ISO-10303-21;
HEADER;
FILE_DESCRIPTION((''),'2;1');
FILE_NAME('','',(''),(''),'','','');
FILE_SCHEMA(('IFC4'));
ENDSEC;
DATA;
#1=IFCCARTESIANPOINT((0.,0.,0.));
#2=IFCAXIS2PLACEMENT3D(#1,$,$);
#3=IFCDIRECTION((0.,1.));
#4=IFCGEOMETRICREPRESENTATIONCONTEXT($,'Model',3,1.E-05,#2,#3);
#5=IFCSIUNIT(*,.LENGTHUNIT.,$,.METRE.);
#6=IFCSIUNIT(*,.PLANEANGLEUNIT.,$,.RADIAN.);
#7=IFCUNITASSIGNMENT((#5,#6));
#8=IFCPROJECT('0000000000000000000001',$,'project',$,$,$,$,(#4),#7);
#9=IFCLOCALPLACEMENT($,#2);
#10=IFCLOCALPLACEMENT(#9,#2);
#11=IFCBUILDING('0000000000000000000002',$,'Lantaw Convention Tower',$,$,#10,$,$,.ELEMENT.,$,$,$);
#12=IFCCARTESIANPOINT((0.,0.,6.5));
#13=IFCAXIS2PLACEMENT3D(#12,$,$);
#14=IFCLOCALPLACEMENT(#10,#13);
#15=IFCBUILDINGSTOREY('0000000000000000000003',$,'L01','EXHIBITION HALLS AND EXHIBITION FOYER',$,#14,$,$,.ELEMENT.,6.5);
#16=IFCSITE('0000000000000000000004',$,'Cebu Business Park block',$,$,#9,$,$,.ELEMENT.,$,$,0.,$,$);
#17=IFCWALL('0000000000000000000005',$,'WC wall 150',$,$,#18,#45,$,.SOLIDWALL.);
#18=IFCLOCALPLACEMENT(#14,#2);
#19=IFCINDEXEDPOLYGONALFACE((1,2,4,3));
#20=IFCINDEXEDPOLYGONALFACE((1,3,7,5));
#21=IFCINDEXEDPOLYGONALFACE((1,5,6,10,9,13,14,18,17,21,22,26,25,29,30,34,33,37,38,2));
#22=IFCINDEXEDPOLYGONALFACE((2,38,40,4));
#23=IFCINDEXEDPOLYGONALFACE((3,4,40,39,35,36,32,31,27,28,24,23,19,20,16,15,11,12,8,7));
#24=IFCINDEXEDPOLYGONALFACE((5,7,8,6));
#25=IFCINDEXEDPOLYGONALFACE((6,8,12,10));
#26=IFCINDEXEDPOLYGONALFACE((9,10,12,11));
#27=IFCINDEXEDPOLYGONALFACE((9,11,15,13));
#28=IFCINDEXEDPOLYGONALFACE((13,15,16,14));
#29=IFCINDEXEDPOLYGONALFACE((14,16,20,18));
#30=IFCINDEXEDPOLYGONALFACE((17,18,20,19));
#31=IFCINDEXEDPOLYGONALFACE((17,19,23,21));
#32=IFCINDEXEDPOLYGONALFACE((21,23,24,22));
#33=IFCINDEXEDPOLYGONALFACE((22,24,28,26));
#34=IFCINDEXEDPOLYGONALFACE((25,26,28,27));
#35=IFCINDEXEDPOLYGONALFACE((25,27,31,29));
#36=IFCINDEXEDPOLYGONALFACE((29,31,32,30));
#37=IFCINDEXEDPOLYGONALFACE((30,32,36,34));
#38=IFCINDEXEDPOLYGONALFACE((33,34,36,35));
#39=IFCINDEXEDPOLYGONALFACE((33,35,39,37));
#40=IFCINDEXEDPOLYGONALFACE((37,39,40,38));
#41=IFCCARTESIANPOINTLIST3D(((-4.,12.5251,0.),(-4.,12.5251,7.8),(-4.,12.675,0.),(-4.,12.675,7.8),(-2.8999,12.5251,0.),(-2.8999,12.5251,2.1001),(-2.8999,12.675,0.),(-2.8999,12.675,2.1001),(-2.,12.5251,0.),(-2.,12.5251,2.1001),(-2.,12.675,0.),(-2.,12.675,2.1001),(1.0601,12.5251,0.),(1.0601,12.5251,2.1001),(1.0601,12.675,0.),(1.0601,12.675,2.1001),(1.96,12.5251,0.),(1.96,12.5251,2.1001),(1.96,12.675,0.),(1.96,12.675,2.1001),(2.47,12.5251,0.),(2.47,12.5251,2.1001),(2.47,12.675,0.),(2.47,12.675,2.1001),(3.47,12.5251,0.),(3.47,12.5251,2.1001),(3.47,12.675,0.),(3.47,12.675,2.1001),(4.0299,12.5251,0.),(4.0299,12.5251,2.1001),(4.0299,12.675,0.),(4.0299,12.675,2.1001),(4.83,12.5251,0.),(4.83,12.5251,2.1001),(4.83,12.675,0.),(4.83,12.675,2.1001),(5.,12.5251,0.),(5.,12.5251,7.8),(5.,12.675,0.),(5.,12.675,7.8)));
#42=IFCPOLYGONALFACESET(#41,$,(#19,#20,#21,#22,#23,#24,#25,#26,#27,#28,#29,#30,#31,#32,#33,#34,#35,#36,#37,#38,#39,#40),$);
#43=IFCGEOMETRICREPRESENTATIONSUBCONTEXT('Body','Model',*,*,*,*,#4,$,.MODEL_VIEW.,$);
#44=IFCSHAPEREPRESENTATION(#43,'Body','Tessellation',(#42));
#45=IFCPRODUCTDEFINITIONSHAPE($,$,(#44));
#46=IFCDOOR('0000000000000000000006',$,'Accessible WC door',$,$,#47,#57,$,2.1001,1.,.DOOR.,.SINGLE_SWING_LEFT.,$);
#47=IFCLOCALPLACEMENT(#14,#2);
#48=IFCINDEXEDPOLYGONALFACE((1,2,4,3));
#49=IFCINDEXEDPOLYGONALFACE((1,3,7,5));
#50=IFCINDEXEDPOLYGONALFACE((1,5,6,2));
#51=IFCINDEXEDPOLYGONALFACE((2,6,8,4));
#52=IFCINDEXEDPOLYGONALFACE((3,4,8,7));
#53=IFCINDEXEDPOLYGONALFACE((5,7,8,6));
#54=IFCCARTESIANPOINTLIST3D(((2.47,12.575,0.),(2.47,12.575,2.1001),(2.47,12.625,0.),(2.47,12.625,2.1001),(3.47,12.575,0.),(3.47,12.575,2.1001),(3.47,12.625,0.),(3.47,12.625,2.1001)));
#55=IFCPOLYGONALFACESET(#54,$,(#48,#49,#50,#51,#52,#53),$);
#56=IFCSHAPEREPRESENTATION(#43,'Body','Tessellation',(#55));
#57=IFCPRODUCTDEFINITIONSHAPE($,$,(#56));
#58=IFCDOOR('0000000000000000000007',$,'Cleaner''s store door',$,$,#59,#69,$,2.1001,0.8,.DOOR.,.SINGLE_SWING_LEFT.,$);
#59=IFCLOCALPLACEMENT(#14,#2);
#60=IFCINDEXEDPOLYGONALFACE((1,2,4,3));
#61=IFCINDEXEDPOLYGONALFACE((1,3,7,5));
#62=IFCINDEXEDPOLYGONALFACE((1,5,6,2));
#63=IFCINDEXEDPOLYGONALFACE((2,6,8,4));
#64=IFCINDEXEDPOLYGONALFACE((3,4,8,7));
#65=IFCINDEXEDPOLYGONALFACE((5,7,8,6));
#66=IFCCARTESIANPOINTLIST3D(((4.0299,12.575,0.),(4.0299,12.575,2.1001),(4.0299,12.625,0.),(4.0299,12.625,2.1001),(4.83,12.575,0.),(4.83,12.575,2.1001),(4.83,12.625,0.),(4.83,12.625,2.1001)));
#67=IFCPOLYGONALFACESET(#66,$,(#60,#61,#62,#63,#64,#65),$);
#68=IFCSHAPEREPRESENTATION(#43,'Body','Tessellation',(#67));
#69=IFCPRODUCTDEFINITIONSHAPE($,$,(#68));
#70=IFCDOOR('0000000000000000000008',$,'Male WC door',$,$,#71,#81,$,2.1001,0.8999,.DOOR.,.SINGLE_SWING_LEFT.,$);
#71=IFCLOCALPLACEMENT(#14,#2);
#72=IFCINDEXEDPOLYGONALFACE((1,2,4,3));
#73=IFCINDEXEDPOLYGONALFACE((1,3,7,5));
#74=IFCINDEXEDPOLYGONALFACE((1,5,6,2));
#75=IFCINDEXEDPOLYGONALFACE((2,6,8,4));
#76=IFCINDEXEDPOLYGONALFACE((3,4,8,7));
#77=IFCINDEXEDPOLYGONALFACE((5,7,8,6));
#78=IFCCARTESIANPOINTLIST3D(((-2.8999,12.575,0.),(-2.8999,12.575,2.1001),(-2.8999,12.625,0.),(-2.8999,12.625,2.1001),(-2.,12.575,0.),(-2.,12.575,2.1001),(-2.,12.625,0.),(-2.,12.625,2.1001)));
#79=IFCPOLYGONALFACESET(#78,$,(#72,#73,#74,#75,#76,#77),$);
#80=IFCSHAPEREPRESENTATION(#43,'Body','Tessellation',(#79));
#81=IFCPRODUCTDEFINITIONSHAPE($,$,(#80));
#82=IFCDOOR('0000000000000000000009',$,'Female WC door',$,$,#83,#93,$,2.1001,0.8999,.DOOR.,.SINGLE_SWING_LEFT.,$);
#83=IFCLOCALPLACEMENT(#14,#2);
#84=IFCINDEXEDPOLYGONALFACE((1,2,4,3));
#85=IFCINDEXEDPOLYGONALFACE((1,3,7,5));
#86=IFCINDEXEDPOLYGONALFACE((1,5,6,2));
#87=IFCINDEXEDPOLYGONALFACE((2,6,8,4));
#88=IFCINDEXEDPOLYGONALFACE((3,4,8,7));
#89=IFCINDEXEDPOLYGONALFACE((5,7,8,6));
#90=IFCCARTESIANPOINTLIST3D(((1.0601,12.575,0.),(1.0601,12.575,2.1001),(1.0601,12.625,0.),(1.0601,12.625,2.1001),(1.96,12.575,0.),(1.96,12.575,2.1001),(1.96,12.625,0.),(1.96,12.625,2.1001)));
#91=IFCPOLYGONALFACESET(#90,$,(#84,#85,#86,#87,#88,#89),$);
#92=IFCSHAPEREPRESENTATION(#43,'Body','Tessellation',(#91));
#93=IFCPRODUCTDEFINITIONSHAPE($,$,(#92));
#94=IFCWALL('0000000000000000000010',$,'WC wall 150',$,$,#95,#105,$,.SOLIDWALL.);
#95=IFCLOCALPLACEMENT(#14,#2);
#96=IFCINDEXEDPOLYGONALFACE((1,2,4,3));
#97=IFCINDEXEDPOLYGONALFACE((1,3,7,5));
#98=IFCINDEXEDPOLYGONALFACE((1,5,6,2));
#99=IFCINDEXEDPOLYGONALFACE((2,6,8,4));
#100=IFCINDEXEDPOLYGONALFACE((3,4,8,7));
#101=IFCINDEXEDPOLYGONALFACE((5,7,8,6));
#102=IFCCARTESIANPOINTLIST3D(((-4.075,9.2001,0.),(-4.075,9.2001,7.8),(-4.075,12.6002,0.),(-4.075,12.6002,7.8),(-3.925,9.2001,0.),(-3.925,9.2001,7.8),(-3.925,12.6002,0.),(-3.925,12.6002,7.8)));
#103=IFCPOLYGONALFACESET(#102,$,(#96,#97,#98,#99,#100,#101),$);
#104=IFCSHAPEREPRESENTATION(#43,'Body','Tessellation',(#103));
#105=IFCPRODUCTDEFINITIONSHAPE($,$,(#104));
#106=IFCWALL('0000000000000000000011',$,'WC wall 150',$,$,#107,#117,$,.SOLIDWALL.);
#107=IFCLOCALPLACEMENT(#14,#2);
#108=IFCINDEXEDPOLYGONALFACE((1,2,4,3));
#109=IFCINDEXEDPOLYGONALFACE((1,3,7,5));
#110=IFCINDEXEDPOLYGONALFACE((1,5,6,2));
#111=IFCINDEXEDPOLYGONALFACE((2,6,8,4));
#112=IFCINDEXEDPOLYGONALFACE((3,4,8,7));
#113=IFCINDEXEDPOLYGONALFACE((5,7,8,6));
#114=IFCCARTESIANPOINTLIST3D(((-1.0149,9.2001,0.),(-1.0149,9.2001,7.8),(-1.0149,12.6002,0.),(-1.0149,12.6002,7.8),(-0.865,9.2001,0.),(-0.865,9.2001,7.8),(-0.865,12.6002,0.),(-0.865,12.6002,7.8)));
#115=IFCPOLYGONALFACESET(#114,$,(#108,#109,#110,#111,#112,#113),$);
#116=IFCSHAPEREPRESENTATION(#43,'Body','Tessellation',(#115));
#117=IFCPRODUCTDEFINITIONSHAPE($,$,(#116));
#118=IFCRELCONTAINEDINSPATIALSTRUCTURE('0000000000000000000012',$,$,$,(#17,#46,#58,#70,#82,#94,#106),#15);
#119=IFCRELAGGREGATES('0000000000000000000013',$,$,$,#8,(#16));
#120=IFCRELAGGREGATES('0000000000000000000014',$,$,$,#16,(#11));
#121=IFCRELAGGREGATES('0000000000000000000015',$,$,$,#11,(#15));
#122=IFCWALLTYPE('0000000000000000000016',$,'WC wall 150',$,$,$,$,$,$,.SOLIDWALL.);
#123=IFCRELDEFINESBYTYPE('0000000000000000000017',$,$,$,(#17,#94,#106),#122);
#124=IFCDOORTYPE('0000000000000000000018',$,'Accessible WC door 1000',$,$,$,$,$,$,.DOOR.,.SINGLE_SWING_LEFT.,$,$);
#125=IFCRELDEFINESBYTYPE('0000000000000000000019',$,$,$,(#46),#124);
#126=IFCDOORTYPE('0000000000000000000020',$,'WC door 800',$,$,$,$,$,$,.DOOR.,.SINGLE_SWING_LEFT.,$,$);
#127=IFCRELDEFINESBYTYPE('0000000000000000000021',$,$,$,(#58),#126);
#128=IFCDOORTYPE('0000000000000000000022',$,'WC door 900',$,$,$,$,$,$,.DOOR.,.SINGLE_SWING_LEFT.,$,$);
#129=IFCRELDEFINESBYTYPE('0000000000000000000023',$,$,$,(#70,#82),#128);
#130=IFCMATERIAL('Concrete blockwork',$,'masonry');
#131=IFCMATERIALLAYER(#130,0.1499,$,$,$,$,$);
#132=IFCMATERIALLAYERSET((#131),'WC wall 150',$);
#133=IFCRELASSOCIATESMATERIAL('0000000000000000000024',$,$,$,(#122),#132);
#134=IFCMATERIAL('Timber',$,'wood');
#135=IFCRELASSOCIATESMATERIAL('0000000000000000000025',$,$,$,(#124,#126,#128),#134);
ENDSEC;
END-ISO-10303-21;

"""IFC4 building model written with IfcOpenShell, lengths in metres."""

from ifc_helpers import new_model, si_unit, direction, frame, frame_2d, origin, place, context, subcontext, project, spatial, rectangle, extrude, material, layer, layer_set, type_object, element, fill, save


model = new_model("IFC4")

# Units and contexts
model_context = context("Model", 3, precision=1e-05, world=origin(), true_north=direction((0.0, 1.0)))
body_context = subcontext(model_context, "Body", "Model", "MODEL_VIEW")
ifc_project = project(units=[si_unit("LENGTHUNIT", "METRE"), si_unit("PLANEANGLEUNIT", "RADIAN")], contexts=[model_context])

# Site, building, storey
site_placement = place(None, origin())
site = spatial("IfcSite", under=ifc_project, at=site_placement, Name="Cebu Business Park block", CompositionType="ELEMENT", RefElevation=0.0)
building_placement = place(site_placement, origin())
building = spatial("IfcBuilding", under=site, at=building_placement, Name="Lantaw Convention Tower", CompositionType="ELEMENT")
storey_placement = place(building_placement, frame((0.0, 0.0, 6.5)))
storey = spatial("IfcBuildingStorey", under=building, at=storey_placement, Name="L01", Description="EXHIBITION HALLS AND EXHIBITION FOYER", CompositionType="ELEMENT", Elevation=6.5)

# Shared definitions
ifc_material_1 = material(Name="Concrete blockwork", Category="masonry")

# Wall, openings, doors
ifc_layer_1 = layer(ifc_material_1, 0.1499)
ifc_layer_set_1 = layer_set([ifc_layer_1], Name="WC wall 150")
wall_type_1 = type_object("IfcWallType", Name="WC wall 150", PredefinedType="SOLIDWALL", material=ifc_layer_set_1)
wall_1_placement = place(storey_placement, frame((-4.0, 12.6001, 0.0), z_axis=(0.0, 0.0, 1.0), x_axis=(1.0, 0.0, 0.0)))
wall_1 = element("IfcWall", 1, at=wall_1_placement, inside=storey, type_object=wall_type_1, Name="WC wall 150", PredefinedType="SOLIDWALL", context=body_context, shape_type="SweptSolid", body=[
    extrude(rectangle(XDim=9.0, YDim=0.1499, at=frame_2d((4.5, 0.0))), origin(), (0.0, 0.0, 1.0), 7.8),
])
opening_1_placement = place(wall_1_placement, frame((1.1001, 0.0, 0.0)))
opening_1 = element("IfcOpeningElement", 2, at=opening_1_placement, cuts=wall_1, PredefinedType="OPENING", context=body_context, shape_type="SweptSolid", body=[
    extrude(rectangle(XDim=0.8999, YDim=2.1001, at=frame_2d((0.45, 1.05))), frame((0.0, 0.085, 0.0), z_axis=(0.0, -1.0, 0.0), x_axis=(1.0, 0.0, 0.0)), (0.0, 0.0, 1.0), 0.1699),
])
opening_2_placement = place(wall_1_placement, frame((5.0601, 0.0, 0.0)))
opening_2 = element("IfcOpeningElement", 3, at=opening_2_placement, cuts=wall_1, PredefinedType="OPENING", context=body_context, shape_type="SweptSolid", body=[
    extrude(rectangle(XDim=0.8999, YDim=2.1001, at=frame_2d((0.45, 1.05))), frame((0.0, 0.085, 0.0), z_axis=(0.0, -1.0, 0.0), x_axis=(1.0, 0.0, 0.0)), (0.0, 0.0, 1.0), 0.1699),
])
opening_3_placement = place(wall_1_placement, frame((6.47, 0.0, 0.0)))
opening_3 = element("IfcOpeningElement", 4, at=opening_3_placement, cuts=wall_1, PredefinedType="OPENING", context=body_context, shape_type="SweptSolid", body=[
    extrude(rectangle(XDim=1.0, YDim=2.1001, at=frame_2d((0.5, 1.05))), frame((0.0, 0.085, 0.0), z_axis=(0.0, -1.0, 0.0), x_axis=(1.0, 0.0, 0.0)), (0.0, 0.0, 1.0), 0.1699),
])
opening_4_placement = place(wall_1_placement, frame((8.03, 0.0, 0.0)))
opening_4 = element("IfcOpeningElement", 5, at=opening_4_placement, cuts=wall_1, PredefinedType="OPENING", context=body_context, shape_type="SweptSolid", body=[
    extrude(rectangle(XDim=0.8, YDim=2.1001, at=frame_2d((0.3999, 1.05))), frame((0.0, 0.085, 0.0), z_axis=(0.0, -1.0, 0.0), x_axis=(1.0, 0.0, 0.0)), (0.0, 0.0, 1.0), 0.1699),
])
ifc_material_2 = material(Name="Timber", Category="wood")
door_type_1 = type_object("IfcDoorType", Name="Accessible WC door 1000", OperationType="SINGLE_SWING_LEFT", PredefinedType="DOOR", material=ifc_material_2)
door_1_placement = place(opening_3_placement, origin())
door_1 = element("IfcDoor", 6, at=door_1_placement, inside=storey, type_object=door_type_1, Name="Accessible WC door", OperationType="SINGLE_SWING_LEFT", OverallHeight=2.1001, OverallWidth=1.0, PredefinedType="DOOR", context=body_context, shape_type="SweptSolid", body=[
    extrude(rectangle(XDim=1.0, YDim=2.1001, at=frame_2d((0.5, 1.05))), frame((0.0, 0.0249, 0.0), z_axis=(0.0, -1.0, 0.0), x_axis=(1.0, 0.0, 0.0)), (0.0, 0.0, 1.0), 0.05),
])
fill(opening_3, door_1)
door_type_2 = type_object("IfcDoorType", Name="WC door 800", OperationType="SINGLE_SWING_LEFT", PredefinedType="DOOR", material=ifc_material_2)
door_2_placement = place(opening_4_placement, origin())
door_2 = element("IfcDoor", 7, at=door_2_placement, inside=storey, type_object=door_type_2, Name="Cleaner's store door", OperationType="SINGLE_SWING_LEFT", OverallHeight=2.1001, OverallWidth=0.8, PredefinedType="DOOR", context=body_context, shape_type="SweptSolid", body=[
    extrude(rectangle(XDim=0.8, YDim=2.1001, at=frame_2d((0.3999, 1.05))), frame((0.0, 0.0249, 0.0), z_axis=(0.0, -1.0, 0.0), x_axis=(1.0, 0.0, 0.0)), (0.0, 0.0, 1.0), 0.05),
])
fill(opening_4, door_2)
door_type_3 = type_object("IfcDoorType", Name="WC door 900", OperationType="SINGLE_SWING_LEFT", PredefinedType="DOOR", material=ifc_material_2)
door_3_placement = place(opening_1_placement, origin())
door_3 = element("IfcDoor", 8, at=door_3_placement, inside=storey, type_object=door_type_3, Name="Male WC door", OperationType="SINGLE_SWING_LEFT", OverallHeight=2.1001, OverallWidth=0.8999, PredefinedType="DOOR", context=body_context, shape_type="SweptSolid", body=[
    extrude(rectangle(XDim=0.8999, YDim=2.1001, at=frame_2d((0.45, 1.05))), frame((0.0, 0.0249, 0.0), z_axis=(0.0, -1.0, 0.0), x_axis=(1.0, 0.0, 0.0)), (0.0, 0.0, 1.0), 0.05),
])
fill(opening_1, door_3)
door_4_placement = place(opening_2_placement, origin())
door_4 = element("IfcDoor", 9, at=door_4_placement, inside=storey, type_object=door_type_3, Name="Female WC door", OperationType="SINGLE_SWING_LEFT", OverallHeight=2.1001, OverallWidth=0.8999, PredefinedType="DOOR", context=body_context, shape_type="SweptSolid", body=[
    extrude(rectangle(XDim=0.8999, YDim=2.1001, at=frame_2d((0.45, 1.05))), frame((0.0, 0.0249, 0.0), z_axis=(0.0, -1.0, 0.0), x_axis=(1.0, 0.0, 0.0)), (0.0, 0.0, 1.0), 0.05),
])
fill(opening_2, door_4)

# Walls
for number, where, z_axis, x_axis, name in (
    (10, (-4.0, 9.2, 0.0), (0.0, 0.0, 1.0), (0.0, 1.0, 0.0), "WC wall 150"),
    (11, (-0.9399, 9.2, 0.0), (0.0, 0.0, 1.0), (0.0, 1.0, 0.0), "WC wall 150"),
):
    element("IfcWall", number, at=place(storey_placement, frame(where, z_axis=z_axis, x_axis=x_axis)), inside=storey, type_object=wall_type_1, Name=name, PredefinedType="SOLIDWALL", context=body_context, shape_type="SweptSolid", body=[
        extrude(rectangle(XDim=3.4001, YDim=0.1499, at=frame_2d((1.7002, 0.0))), origin(), (0.0, 0.0, 1.0), 7.8),
    ])

save(model, "model.ifc")
